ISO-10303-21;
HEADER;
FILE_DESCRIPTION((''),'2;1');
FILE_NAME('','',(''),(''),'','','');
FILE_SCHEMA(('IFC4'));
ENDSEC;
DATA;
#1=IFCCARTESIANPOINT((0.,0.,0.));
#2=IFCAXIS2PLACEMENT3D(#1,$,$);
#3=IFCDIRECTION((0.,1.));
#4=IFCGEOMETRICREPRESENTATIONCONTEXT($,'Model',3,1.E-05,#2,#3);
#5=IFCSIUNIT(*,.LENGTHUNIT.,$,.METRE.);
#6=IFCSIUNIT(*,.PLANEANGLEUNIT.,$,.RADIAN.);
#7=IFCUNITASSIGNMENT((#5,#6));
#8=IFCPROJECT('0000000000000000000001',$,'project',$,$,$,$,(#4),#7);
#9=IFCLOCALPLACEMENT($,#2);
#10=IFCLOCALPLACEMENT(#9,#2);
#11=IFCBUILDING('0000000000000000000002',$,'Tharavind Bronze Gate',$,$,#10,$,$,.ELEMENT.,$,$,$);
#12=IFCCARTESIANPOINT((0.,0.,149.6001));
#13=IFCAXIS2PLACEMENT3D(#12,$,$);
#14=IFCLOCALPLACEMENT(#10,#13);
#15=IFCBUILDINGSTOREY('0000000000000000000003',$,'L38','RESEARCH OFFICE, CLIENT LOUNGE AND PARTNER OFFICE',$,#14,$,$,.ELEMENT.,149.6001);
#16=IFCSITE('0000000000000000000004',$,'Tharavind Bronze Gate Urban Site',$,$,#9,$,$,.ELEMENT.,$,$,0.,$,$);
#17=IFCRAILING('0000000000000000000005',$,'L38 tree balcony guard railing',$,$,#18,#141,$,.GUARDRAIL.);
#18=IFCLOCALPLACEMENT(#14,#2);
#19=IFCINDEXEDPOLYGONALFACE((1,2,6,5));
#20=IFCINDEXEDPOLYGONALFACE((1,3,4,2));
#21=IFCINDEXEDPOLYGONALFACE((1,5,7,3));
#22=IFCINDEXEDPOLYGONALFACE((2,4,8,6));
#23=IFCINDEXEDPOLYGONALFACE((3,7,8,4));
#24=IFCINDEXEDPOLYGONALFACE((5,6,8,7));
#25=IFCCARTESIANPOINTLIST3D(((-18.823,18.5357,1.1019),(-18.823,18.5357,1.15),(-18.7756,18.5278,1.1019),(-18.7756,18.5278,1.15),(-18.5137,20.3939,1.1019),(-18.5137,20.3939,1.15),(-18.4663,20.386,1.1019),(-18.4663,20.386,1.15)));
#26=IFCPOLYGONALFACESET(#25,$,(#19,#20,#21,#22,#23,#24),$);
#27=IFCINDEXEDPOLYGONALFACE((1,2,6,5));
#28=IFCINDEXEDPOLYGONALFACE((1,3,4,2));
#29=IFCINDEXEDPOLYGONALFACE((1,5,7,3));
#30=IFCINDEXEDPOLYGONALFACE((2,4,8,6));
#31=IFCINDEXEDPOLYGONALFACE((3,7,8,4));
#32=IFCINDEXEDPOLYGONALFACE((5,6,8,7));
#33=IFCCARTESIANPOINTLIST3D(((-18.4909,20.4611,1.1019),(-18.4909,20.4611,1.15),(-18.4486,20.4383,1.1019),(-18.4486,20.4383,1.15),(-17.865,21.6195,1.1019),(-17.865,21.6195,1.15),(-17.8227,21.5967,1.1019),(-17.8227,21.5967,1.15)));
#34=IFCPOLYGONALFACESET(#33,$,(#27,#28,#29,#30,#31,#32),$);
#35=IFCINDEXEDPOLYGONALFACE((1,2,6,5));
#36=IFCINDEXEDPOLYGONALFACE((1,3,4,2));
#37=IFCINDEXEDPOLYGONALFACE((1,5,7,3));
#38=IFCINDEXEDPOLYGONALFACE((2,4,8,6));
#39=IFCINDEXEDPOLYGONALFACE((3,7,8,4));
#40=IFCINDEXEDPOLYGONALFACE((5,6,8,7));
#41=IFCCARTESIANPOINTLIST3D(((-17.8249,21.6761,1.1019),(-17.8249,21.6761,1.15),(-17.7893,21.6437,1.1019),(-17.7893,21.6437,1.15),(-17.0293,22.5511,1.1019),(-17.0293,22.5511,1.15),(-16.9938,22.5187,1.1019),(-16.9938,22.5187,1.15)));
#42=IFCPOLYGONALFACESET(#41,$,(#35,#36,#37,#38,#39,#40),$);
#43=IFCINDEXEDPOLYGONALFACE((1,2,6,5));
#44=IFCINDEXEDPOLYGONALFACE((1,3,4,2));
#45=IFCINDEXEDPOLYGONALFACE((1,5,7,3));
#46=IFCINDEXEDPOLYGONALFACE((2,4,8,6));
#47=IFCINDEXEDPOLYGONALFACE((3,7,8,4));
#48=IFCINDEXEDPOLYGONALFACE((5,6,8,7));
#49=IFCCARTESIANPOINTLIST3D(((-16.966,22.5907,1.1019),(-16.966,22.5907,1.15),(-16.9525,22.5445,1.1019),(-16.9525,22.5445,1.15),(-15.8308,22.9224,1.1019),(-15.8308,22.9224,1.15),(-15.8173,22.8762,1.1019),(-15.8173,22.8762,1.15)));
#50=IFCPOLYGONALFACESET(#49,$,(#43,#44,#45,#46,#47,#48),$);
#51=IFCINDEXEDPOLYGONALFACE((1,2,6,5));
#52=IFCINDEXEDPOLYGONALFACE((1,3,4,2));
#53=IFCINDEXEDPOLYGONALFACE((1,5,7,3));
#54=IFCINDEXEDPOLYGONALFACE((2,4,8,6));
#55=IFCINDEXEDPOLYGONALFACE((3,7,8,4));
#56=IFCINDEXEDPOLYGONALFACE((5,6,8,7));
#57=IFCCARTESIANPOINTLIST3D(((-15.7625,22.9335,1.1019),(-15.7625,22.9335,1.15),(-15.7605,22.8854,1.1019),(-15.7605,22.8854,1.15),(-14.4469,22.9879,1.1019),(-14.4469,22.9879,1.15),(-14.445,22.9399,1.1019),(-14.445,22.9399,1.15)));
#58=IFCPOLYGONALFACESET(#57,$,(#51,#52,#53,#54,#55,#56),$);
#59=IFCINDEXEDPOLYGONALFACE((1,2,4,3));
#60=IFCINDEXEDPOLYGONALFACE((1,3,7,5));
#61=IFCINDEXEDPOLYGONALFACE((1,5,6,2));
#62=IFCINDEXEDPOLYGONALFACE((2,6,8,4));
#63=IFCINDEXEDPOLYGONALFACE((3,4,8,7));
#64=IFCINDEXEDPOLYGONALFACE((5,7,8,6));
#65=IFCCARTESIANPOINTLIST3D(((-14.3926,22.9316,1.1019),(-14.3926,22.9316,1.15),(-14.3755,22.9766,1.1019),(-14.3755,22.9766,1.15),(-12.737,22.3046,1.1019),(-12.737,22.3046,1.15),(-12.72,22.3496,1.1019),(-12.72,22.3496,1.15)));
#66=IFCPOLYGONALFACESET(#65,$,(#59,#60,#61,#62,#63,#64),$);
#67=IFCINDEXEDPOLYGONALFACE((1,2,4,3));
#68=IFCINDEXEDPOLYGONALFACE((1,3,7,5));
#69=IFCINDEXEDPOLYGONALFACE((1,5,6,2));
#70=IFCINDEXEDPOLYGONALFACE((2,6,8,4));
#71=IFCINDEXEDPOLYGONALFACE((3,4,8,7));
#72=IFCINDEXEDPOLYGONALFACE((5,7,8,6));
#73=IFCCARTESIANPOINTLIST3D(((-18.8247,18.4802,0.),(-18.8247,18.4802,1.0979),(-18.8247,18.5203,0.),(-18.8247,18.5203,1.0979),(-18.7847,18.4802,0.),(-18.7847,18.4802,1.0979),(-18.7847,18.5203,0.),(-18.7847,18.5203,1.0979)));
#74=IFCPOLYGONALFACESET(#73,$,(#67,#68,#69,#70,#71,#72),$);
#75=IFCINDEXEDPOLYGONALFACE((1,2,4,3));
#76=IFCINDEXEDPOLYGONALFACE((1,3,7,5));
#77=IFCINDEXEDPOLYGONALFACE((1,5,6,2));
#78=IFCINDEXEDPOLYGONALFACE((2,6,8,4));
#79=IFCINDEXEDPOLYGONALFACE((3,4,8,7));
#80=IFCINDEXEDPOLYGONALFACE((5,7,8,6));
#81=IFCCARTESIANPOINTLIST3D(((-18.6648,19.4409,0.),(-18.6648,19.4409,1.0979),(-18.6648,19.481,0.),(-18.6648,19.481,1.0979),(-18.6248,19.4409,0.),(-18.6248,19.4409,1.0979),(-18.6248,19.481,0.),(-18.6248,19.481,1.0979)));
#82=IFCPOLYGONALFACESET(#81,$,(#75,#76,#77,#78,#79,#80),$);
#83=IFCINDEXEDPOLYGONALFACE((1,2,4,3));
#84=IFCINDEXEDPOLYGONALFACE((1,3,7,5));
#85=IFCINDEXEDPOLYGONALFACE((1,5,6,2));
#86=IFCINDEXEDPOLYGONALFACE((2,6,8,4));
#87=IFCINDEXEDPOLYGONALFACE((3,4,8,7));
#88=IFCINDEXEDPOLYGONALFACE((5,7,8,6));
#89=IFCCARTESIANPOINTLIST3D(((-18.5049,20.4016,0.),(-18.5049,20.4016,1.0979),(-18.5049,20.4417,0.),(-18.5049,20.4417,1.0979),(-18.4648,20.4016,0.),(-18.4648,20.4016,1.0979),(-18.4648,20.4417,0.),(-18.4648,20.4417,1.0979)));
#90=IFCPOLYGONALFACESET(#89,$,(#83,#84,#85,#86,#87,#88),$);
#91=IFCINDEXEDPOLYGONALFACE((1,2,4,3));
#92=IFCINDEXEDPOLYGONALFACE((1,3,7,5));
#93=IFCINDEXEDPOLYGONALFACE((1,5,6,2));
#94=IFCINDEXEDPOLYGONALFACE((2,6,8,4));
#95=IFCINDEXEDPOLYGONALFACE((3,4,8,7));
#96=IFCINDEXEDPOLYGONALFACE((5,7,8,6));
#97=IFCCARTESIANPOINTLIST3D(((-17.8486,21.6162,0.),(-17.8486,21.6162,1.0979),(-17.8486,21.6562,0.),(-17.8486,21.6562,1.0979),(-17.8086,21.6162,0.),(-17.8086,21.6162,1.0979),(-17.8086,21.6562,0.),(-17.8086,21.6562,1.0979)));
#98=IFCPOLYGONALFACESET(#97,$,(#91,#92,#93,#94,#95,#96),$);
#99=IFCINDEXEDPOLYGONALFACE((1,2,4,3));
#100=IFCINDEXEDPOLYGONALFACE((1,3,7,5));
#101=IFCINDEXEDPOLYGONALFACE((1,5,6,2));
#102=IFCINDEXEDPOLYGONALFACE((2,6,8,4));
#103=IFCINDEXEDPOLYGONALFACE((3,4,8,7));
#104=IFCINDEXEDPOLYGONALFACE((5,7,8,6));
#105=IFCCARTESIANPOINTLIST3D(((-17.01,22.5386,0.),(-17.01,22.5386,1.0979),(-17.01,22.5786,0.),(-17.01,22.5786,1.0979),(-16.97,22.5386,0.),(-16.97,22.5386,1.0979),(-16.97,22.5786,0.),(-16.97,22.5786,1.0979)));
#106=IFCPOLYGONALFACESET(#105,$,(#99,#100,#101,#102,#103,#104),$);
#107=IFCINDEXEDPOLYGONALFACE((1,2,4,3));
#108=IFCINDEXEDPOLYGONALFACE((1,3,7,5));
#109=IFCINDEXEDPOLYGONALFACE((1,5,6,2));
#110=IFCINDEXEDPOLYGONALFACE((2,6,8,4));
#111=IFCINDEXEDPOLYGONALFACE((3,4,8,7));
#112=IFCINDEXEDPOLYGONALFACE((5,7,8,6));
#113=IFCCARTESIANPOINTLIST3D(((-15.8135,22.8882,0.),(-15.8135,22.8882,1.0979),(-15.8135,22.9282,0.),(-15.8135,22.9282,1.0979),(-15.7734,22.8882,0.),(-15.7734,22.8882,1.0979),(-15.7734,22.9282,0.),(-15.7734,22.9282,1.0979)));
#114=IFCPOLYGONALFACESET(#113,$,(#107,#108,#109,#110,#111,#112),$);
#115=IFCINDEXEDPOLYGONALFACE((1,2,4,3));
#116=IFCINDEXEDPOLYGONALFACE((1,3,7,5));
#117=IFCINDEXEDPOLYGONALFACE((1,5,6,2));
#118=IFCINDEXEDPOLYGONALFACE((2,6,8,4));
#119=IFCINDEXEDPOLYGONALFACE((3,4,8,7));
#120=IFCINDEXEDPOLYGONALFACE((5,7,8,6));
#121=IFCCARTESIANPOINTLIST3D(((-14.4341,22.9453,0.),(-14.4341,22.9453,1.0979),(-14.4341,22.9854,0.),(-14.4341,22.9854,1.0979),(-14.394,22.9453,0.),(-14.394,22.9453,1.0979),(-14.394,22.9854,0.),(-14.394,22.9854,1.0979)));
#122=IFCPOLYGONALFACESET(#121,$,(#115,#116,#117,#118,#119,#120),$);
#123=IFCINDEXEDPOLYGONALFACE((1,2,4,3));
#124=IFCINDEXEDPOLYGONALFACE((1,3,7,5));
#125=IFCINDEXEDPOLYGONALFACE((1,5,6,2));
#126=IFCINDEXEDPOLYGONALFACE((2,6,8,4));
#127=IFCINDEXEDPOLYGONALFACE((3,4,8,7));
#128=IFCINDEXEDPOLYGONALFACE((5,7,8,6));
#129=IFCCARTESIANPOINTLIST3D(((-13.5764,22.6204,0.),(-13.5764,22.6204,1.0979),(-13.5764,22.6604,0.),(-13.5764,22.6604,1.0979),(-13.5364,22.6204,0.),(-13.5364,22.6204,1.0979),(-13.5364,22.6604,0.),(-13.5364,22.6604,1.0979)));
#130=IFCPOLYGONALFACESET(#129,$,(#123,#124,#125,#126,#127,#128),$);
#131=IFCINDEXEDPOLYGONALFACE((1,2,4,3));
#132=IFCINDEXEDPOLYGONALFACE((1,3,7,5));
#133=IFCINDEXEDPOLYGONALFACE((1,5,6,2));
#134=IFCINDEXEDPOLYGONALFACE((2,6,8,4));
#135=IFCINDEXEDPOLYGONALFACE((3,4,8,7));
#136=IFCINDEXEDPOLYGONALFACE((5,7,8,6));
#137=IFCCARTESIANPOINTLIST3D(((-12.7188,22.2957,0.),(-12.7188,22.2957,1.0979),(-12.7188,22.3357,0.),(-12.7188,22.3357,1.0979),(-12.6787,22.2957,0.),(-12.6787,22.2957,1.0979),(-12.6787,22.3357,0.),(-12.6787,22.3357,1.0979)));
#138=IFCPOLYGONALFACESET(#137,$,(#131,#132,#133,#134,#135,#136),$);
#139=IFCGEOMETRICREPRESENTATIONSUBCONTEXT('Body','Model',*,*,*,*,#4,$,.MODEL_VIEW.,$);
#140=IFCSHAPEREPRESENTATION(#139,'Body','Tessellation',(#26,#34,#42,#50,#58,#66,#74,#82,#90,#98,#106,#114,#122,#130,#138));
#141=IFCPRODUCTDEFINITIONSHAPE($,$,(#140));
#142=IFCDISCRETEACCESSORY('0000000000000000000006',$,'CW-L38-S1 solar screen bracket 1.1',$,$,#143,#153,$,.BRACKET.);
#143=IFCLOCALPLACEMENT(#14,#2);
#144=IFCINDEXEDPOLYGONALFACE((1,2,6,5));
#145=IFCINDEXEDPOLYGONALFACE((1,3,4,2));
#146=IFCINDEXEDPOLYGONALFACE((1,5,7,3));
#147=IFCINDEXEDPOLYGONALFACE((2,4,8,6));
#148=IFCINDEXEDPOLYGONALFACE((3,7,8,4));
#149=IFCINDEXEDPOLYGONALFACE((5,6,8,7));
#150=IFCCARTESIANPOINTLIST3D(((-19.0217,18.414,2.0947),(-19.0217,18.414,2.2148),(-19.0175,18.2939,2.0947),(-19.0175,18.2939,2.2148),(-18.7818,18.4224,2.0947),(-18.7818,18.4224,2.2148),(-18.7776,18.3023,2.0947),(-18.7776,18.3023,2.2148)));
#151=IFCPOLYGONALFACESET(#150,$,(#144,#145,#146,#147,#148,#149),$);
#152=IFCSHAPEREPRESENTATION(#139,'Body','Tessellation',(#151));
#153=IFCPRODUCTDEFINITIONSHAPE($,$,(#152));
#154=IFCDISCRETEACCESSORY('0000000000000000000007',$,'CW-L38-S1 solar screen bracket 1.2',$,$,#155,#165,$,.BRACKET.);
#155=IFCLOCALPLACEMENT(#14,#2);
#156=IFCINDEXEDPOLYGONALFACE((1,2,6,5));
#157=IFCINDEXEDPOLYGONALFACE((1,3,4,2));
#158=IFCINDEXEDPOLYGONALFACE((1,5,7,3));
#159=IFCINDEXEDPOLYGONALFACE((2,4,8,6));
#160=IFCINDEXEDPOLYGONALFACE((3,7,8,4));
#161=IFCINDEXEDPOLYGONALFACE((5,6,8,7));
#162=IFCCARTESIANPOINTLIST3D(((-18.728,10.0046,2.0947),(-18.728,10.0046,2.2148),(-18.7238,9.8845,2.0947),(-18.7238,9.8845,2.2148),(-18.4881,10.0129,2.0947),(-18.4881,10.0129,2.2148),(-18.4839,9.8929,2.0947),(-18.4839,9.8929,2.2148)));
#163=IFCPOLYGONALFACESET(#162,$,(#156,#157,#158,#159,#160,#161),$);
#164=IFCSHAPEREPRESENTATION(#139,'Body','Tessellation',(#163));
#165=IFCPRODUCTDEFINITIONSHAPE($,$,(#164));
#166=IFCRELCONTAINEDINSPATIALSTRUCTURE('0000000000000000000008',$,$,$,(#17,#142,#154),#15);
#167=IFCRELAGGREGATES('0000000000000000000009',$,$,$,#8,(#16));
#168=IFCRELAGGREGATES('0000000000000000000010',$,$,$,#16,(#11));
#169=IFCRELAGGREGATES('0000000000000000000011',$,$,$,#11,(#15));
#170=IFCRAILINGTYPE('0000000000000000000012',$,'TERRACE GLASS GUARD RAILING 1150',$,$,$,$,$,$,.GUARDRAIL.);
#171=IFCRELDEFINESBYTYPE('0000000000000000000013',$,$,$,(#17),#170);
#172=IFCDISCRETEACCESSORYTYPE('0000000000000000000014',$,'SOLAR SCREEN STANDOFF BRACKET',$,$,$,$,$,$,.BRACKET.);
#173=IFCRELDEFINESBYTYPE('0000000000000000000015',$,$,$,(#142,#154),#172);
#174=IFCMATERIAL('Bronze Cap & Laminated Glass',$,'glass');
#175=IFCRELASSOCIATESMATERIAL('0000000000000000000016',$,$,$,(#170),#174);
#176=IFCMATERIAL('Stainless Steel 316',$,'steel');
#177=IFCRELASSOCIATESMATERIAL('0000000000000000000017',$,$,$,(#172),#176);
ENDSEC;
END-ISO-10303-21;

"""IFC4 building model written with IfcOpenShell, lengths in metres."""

from ifc_helpers import new_model, si_unit, direction, frame, origin, origin_2d, place, context, subcontext, project, spatial, rectangle, extrude, material, type_object, element, save


model = new_model("IFC4")

# Units and contexts
model_context = context("Model", 3, precision=1e-05, world=origin(), true_north=direction((0.0, 1.0)))
body_context = subcontext(model_context, "Body", "Model", "MODEL_VIEW")
ifc_project = project(units=[si_unit("LENGTHUNIT", "METRE"), si_unit("PLANEANGLEUNIT", "RADIAN")], contexts=[model_context])

# Site, building, storey
site_placement = place(None, origin())
site = spatial("IfcSite", under=ifc_project, at=site_placement, Name="Tharavind Bronze Gate Urban Site", CompositionType="ELEMENT", RefElevation=0.0)
building_placement = place(site_placement, origin())
building = spatial("IfcBuilding", under=site, at=building_placement, Name="Tharavind Bronze Gate", CompositionType="ELEMENT")
storey_placement = place(building_placement, frame((0.0, 0.0, 149.6001)))
storey = spatial("IfcBuildingStorey", under=building, at=storey_placement, Name="L38", Description="RESEARCH OFFICE, CLIENT LOUNGE AND PARTNER OFFICE", CompositionType="ELEMENT", Elevation=149.6001)

# Railing
ifc_material_1 = material(Name="Bronze Cap & Laminated Glass", Category="glass")
railing_type = type_object("IfcRailingType", Name="TERRACE GLASS GUARD RAILING 1150", PredefinedType="GUARDRAIL", material=ifc_material_1)
railing_placement = place(storey_placement, frame((-18.8047, 18.5002, 0.0)))
element("IfcRailing", 1, at=railing_placement, inside=storey, type_object=railing_type, Name="L38 tree balcony guard railing", PredefinedType="GUARDRAIL", context=body_context, shape_type="SweptSolid", body=[
    extrude(rectangle(XDim=0.0481, YDim=0.0481, at=origin_2d()), frame((0.0054, 0.0315, 1.126), z_axis=(0.164196, 0.986428, 0.0), x_axis=(-0.986428, 0.164196, 0.0)), (0.0, 0.0, 1.0), 1.8838),
    extrude(rectangle(XDim=0.0481, YDim=0.0481, at=origin_2d()), frame((0.335, 1.9495, 1.126), z_axis=(0.475354, 0.879794, 0.0), x_axis=(-0.879794, 0.475354, 0.0)), (0.0, 0.0, 1.0), 1.3167),
    extrude(rectangle(XDim=0.0481, YDim=0.0481, at=origin_2d()), frame((0.9976, 3.1597, 1.126), z_axis=(0.672722, 0.739896, 0.0), x_axis=(-0.739896, 0.672722, 0.0)), (0.0, 0.0, 1.0), 1.1826),
    extrude(rectangle(XDim=0.0481, YDim=0.0481, at=origin_2d()), frame((1.8455, 4.0674, 1.126), z_axis=(0.959866, 0.280459, 0.0), x_axis=(-0.280459, 0.959866, 0.0)), (0.0, 0.0, 1.0), 1.1826),
    extrude(rectangle(XDim=0.0481, YDim=0.0481, at=origin_2d()), frame((3.0432, 4.4092, 1.126), z_axis=(0.999143, 0.04138, 0.0), x_axis=(-0.04138, 0.999143, 0.0)), (0.0, 0.0, 1.0), 1.3167),
    extrude(rectangle(XDim=0.0481, YDim=0.0481, at=origin_2d()), frame((4.4207, 4.4539, 1.126), z_axis=(0.935175, -0.354185, 0.0), x_axis=(0.354185, 0.935175, 0.0)), (0.0, 0.0, 1.0), 1.7703),
    extrude(rectangle(XDim=0.04, YDim=0.04, at=origin_2d()), origin(), (0.0, 0.0, 1.0), 1.0979),
    extrude(rectangle(XDim=0.04, YDim=0.04, at=origin_2d()), frame((0.1599, 0.9607, 0.0)), (0.0, 0.0, 1.0), 1.0979),
    extrude(rectangle(XDim=0.04, YDim=0.04, at=origin_2d()), frame((0.3198, 1.9214, 0.0)), (0.0, 0.0, 1.0), 1.0979),
    extrude(rectangle(XDim=0.04, YDim=0.04, at=origin_2d()), frame((0.9761, 3.136, 0.0)), (0.0, 0.0, 1.0), 1.0979),
    extrude(rectangle(XDim=0.04, YDim=0.04, at=origin_2d()), frame((1.8147, 4.0583, 0.0)), (0.0, 0.0, 1.0), 1.0979),
    extrude(rectangle(XDim=0.04, YDim=0.04, at=origin_2d()), frame((3.0112, 4.408, 0.0)), (0.0, 0.0, 1.0), 1.0979),
    extrude(rectangle(XDim=0.04, YDim=0.04, at=origin_2d()), frame((4.3906, 4.4651, 0.0)), (0.0, 0.0, 1.0), 1.0979),
    extrude(rectangle(XDim=0.04, YDim=0.04, at=origin_2d()), frame((5.2483, 4.1401, 0.0)), (0.0, 0.0, 1.0), 1.0979),
    extrude(rectangle(XDim=0.04, YDim=0.04, at=origin_2d()), frame((6.106, 3.8154, 0.0)), (0.0, 0.0, 1.0), 1.0979),
])

# Discrete accessories
ifc_material_2 = material(Name="Stainless Steel 316", Category="steel")
discrete_accessory_type = type_object("IfcDiscreteAccessoryType", Name="SOLAR SCREEN STANDOFF BRACKET", PredefinedType="BRACKET", material=ifc_material_2)
for number, where, z_axis, x_axis, name in (
    (2, (-18.8997, 18.3582, 2.0947), (0.0, 0.0, 1.0), (0.034899, -0.999391, 0.0), "CW-L38-S1 solar screen bracket 1.1"),
    (3, (-18.606, 9.9487, 2.0947), (0.0, 0.0, 1.0), (0.034899, -0.999391, 0.0), "CW-L38-S1 solar screen bracket 1.2"),
):
    element("IfcDiscreteAccessory", number, at=place(storey_placement, frame(where, z_axis=z_axis, x_axis=x_axis)), inside=storey, type_object=discrete_accessory_type, Name=name, PredefinedType="BRACKET", context=body_context, shape_type="SweptSolid", body=[
        extrude(rectangle(XDim=0.1201, YDim=0.24, at=origin_2d()), origin(), (0.0, 0.0, 1.0), 0.1201),
    ])

save(model, "model.ifc")
